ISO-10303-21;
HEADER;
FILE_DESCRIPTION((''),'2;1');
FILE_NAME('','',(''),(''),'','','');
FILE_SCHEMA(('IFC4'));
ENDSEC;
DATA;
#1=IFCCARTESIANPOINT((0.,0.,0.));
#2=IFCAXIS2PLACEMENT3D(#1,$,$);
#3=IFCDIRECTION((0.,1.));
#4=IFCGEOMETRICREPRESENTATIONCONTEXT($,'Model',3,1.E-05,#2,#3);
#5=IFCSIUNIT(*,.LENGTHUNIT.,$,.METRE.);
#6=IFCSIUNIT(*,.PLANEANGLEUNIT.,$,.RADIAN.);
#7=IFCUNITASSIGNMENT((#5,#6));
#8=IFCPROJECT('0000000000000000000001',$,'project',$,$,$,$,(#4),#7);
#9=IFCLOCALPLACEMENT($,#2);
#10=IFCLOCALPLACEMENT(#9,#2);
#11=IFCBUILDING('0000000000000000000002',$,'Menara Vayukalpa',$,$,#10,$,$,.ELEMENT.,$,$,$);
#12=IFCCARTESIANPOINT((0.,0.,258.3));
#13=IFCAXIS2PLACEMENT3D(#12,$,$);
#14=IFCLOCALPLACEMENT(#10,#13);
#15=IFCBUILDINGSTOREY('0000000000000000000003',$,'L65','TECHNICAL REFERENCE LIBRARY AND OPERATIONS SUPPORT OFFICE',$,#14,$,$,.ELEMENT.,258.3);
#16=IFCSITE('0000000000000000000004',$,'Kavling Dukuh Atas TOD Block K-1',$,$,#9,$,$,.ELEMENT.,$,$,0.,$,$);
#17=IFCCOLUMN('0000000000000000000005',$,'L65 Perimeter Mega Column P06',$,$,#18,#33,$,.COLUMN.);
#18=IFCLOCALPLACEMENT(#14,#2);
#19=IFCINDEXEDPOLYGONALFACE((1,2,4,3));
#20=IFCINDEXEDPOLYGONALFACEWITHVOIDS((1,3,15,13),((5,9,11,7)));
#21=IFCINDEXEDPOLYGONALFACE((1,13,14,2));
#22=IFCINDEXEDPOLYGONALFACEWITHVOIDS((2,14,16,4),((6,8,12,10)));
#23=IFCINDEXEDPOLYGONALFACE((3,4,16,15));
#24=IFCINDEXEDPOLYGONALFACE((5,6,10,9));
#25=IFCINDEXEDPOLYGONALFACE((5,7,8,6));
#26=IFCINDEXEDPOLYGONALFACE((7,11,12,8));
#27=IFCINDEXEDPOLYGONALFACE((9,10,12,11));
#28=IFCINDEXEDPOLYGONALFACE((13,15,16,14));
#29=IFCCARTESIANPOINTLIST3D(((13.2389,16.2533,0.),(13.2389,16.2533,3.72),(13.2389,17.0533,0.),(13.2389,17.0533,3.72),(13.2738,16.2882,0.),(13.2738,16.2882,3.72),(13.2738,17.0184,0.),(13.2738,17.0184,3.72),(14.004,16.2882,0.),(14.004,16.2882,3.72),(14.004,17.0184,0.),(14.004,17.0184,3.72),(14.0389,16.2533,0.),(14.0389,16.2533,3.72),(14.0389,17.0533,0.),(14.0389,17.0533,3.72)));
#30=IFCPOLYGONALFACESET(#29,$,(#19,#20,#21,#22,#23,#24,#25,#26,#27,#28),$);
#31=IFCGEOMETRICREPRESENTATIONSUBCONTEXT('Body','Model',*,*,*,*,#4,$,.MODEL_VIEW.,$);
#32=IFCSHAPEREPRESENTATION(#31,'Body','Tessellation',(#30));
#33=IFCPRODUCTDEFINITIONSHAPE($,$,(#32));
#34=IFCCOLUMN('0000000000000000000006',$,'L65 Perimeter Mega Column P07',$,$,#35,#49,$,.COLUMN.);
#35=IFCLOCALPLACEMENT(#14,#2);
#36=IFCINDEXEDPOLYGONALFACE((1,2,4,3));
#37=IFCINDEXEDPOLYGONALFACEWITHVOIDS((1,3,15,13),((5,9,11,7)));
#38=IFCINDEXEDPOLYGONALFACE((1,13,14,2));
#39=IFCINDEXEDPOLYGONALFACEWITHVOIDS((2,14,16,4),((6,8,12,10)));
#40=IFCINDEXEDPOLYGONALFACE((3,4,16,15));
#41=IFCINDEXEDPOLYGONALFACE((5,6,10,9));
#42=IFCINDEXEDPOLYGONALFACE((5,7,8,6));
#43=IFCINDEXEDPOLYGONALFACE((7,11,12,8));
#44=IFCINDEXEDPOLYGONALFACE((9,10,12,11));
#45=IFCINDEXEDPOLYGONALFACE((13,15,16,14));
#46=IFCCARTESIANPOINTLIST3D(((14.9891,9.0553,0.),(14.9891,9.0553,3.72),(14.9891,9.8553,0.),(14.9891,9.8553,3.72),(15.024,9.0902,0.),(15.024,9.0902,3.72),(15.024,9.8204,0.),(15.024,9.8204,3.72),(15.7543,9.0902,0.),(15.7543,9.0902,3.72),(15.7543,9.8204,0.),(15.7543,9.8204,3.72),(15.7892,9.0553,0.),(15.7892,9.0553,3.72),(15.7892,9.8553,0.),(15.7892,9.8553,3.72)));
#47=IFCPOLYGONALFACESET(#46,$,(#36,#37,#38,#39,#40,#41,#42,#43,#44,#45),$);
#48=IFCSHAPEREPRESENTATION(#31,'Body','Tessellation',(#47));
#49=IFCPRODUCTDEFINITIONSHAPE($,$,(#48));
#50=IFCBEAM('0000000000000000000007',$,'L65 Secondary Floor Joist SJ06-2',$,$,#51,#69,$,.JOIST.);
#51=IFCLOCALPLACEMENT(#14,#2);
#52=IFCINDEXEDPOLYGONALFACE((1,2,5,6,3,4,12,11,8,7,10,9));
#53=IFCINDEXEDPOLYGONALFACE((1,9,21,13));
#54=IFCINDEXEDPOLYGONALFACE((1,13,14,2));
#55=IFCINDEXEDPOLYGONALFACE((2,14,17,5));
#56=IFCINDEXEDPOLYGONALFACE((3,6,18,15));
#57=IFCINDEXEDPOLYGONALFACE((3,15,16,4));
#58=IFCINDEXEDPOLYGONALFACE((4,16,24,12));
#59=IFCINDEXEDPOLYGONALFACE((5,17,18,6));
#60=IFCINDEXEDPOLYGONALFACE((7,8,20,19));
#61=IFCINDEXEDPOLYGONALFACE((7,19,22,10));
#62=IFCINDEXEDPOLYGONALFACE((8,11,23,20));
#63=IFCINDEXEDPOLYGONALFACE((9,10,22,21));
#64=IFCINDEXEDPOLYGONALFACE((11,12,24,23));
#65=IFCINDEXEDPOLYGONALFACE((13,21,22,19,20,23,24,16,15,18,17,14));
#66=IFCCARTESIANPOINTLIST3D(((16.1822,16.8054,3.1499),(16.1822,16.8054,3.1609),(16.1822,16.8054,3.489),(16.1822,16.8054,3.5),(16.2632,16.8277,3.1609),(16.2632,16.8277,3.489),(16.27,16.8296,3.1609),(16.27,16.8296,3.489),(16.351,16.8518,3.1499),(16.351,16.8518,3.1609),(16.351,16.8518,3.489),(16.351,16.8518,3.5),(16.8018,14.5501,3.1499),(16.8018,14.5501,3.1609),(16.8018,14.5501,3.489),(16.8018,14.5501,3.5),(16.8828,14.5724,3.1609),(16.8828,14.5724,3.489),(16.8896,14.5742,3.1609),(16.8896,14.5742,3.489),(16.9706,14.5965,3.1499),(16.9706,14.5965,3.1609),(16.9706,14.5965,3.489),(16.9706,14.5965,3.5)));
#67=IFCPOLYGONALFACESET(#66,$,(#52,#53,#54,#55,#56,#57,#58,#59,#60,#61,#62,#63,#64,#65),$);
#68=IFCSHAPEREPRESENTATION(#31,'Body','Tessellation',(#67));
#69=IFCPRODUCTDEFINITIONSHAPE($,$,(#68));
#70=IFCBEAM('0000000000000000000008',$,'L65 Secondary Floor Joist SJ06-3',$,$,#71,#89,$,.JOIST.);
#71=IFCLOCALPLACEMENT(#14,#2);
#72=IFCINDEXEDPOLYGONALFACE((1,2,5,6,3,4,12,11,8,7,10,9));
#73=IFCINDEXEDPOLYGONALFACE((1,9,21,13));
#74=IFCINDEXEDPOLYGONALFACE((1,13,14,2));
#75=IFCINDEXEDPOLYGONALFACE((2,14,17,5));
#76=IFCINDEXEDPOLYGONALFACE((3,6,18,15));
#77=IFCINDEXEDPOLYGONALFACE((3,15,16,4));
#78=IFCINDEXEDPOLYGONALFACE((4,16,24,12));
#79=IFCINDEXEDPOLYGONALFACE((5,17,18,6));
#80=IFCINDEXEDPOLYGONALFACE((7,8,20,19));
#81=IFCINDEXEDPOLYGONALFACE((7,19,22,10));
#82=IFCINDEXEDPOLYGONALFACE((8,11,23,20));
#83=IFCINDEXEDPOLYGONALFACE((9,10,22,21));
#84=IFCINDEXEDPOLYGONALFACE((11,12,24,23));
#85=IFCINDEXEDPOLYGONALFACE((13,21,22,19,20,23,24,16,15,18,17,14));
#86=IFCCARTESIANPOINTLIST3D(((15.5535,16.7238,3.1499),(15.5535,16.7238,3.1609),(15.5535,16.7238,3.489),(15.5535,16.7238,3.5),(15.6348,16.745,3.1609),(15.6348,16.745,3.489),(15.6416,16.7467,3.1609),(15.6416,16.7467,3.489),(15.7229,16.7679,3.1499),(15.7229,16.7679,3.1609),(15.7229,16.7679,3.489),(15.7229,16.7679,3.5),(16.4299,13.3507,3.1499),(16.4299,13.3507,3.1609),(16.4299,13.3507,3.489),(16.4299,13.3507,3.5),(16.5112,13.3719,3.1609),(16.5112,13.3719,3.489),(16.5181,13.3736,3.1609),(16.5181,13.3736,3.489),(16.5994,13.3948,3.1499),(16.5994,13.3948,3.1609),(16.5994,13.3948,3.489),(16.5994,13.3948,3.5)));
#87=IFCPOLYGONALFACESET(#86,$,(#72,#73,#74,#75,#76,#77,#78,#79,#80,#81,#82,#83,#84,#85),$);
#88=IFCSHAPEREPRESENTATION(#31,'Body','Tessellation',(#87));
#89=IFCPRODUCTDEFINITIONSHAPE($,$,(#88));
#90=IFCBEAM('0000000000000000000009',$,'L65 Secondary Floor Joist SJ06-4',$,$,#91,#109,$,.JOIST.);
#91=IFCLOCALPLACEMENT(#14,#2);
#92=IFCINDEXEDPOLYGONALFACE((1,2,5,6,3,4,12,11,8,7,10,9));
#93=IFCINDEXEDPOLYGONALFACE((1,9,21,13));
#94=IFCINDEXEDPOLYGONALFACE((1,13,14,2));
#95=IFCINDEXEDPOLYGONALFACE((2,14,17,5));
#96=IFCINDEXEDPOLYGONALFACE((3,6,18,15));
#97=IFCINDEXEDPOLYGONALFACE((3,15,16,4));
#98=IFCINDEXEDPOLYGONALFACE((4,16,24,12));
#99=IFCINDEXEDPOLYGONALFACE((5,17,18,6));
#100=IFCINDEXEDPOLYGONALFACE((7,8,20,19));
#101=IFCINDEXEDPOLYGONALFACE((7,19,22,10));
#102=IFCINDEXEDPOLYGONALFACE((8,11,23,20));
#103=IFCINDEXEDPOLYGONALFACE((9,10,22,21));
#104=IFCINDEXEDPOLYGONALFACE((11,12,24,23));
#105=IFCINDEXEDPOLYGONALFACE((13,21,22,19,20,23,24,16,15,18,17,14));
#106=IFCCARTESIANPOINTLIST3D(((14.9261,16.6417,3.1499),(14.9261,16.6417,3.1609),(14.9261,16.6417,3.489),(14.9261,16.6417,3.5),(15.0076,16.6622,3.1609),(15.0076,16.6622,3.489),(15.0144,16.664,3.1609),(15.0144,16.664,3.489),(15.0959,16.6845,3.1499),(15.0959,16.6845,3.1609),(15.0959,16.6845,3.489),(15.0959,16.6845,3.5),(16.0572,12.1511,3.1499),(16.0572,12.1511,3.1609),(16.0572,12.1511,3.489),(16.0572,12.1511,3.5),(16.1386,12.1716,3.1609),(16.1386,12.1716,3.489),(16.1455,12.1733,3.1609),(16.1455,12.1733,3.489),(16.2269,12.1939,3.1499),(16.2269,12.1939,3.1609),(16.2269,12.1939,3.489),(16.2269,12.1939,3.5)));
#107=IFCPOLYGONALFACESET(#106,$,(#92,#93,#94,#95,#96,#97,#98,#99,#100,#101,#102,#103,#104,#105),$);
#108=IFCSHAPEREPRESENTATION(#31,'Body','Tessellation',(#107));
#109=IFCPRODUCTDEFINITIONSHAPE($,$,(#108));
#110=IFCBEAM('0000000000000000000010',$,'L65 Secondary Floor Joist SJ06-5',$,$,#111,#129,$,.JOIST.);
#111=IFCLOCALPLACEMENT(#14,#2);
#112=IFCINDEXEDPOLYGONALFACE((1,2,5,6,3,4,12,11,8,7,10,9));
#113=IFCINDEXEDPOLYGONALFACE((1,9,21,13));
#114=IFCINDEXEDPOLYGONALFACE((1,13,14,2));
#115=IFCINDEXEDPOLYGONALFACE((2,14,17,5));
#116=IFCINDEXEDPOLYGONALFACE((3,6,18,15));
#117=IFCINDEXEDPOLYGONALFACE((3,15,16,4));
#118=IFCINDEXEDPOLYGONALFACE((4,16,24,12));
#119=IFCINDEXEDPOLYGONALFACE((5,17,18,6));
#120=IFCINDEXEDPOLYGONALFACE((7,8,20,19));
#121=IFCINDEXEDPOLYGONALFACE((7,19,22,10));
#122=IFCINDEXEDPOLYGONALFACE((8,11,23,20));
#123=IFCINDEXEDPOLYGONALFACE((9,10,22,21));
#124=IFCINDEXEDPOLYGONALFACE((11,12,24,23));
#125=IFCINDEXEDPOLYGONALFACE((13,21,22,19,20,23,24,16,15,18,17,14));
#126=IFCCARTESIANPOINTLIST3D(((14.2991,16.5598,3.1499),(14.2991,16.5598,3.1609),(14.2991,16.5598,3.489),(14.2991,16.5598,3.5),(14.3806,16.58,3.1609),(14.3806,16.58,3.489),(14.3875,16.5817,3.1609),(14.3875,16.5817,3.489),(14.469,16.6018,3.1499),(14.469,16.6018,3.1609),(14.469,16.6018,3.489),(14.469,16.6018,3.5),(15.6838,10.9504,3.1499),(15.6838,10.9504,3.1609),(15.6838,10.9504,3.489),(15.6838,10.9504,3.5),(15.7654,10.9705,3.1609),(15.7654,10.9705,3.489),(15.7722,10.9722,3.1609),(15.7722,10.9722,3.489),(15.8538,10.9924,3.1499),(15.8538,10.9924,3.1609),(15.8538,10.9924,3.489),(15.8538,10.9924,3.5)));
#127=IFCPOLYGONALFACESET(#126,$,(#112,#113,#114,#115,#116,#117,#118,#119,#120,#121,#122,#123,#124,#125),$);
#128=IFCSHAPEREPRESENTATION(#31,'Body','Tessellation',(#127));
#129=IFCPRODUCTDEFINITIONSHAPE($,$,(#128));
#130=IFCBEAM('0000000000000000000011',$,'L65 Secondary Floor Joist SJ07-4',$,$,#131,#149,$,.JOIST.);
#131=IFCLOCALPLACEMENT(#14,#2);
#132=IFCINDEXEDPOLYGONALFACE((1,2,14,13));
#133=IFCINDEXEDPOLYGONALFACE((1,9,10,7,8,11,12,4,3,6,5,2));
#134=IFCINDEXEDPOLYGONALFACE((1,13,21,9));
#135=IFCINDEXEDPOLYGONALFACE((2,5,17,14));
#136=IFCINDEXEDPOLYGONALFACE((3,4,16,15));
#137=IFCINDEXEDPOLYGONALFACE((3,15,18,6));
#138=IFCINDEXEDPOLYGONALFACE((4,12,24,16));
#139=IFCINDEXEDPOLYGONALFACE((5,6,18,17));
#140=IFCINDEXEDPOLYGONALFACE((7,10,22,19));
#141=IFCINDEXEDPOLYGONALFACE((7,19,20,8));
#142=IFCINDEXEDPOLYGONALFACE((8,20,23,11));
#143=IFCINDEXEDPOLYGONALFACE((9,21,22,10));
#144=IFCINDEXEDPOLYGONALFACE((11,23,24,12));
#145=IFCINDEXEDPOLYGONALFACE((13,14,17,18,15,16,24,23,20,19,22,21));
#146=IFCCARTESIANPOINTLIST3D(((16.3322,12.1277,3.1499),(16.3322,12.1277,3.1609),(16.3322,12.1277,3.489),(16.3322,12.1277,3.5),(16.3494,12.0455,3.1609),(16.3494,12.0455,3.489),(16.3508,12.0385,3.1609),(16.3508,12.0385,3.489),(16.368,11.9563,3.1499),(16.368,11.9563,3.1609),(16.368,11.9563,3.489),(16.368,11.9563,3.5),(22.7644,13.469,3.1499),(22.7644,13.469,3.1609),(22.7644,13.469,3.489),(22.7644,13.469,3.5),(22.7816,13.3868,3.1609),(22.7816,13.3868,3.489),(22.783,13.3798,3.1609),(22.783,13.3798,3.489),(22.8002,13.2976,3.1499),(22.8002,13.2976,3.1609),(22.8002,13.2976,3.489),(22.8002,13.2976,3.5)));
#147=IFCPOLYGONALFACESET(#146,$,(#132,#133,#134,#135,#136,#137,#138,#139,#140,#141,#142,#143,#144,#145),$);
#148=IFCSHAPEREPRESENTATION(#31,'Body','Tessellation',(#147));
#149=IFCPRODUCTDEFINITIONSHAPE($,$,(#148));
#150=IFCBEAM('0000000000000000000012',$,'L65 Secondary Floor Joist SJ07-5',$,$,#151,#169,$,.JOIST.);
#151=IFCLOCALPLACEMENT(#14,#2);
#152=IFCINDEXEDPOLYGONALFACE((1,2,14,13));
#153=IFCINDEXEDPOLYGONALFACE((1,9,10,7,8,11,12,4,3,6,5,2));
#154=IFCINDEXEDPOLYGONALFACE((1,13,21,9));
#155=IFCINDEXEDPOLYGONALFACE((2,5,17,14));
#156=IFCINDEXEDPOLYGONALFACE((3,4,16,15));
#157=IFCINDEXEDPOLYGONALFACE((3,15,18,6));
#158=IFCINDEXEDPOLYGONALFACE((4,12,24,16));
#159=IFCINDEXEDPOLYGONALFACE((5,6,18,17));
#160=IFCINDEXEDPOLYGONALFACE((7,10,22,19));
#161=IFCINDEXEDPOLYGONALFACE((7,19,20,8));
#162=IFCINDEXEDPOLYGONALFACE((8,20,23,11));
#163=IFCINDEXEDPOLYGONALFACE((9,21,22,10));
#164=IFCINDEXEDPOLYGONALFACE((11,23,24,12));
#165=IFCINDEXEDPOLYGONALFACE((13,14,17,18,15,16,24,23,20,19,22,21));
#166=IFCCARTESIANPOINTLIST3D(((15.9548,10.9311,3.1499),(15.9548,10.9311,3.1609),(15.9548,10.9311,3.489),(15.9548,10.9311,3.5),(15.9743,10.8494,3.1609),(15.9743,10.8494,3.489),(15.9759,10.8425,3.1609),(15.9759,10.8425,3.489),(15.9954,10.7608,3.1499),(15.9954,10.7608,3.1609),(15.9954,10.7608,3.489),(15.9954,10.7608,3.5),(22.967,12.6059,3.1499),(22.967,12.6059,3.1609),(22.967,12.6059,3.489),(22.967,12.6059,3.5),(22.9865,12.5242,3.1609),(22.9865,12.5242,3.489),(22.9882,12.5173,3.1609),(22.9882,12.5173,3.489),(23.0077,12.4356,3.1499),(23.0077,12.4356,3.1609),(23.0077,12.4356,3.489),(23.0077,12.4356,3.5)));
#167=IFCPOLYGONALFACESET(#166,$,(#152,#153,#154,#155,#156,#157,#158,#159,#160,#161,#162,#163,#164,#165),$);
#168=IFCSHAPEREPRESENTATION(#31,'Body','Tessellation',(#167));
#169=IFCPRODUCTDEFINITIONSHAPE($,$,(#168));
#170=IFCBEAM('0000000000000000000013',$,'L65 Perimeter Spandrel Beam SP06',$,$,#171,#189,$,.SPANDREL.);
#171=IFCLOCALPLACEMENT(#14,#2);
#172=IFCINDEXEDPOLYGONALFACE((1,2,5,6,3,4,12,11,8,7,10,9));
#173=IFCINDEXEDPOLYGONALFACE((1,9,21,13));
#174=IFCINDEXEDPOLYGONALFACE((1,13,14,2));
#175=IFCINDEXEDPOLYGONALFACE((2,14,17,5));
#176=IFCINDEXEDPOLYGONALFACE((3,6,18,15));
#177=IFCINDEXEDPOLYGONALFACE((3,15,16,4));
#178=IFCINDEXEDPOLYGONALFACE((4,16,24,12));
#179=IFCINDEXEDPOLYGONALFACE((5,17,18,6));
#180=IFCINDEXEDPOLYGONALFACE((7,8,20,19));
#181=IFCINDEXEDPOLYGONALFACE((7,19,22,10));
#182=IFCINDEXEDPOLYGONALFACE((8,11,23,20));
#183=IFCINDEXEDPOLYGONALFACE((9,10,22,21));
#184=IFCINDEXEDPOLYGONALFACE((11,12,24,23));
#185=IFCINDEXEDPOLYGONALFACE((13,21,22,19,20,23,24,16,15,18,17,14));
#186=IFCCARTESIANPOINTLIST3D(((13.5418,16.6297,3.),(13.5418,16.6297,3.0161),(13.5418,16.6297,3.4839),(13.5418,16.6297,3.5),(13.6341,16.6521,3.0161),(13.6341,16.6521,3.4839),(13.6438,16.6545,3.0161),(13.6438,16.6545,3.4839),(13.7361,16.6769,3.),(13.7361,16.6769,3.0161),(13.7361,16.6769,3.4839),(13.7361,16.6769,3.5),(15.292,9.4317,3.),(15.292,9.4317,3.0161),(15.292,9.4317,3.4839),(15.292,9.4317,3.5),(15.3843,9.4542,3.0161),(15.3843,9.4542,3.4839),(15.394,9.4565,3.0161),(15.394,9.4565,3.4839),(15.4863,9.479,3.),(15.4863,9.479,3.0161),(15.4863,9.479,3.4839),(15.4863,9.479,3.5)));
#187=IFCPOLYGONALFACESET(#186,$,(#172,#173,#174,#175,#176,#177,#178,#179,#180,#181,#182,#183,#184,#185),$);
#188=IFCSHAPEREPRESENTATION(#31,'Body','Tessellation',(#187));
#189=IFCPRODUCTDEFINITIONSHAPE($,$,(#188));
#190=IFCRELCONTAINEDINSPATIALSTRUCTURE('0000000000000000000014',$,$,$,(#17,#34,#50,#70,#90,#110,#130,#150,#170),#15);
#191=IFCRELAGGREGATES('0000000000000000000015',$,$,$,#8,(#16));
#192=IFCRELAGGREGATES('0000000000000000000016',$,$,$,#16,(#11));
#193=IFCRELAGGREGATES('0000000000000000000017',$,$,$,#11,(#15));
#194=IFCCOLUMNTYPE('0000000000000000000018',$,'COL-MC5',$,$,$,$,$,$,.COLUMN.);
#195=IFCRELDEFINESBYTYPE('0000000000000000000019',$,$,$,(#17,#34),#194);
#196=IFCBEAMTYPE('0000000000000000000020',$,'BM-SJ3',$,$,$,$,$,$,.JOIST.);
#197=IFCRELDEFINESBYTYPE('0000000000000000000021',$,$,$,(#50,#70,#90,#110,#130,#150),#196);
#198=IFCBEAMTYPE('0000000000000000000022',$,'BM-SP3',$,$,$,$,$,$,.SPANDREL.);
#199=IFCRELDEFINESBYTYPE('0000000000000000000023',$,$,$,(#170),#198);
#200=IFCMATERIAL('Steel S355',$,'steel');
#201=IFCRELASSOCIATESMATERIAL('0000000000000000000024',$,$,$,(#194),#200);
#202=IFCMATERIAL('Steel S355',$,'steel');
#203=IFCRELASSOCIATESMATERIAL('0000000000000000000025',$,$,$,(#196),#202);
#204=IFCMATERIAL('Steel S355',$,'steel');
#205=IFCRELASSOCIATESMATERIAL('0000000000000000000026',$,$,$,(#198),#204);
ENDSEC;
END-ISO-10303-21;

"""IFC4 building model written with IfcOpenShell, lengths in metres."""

from ifc_helpers import new_model, si_unit, direction, frame, origin, origin_2d, place, context, subcontext, project, spatial, hollow_rectangle, i_section, extrude, material, material_profile, profile_set, type_object, element, save


model = new_model("IFC4")

# Units and contexts
model_context = context("Model", 3, precision=1e-05, world=origin(), true_north=direction((0.0, 1.0)))
body_context = subcontext(model_context, "Body", "Model", "MODEL_VIEW")
ifc_project = project(units=[si_unit("LENGTHUNIT", "METRE"), si_unit("PLANEANGLEUNIT", "RADIAN")], contexts=[model_context])

# Site, building, storey
site_placement = place(None, origin())
site = spatial("IfcSite", under=ifc_project, at=site_placement, Name="Kavling Dukuh Atas TOD Block K-1", CompositionType="ELEMENT", RefElevation=0.0)
building_placement = place(site_placement, origin())
building = spatial("IfcBuilding", under=site, at=building_placement, Name="Menara Vayukalpa", CompositionType="ELEMENT")
storey_placement = place(building_placement, frame((0.0, 0.0, 258.3)))
storey = spatial("IfcBuildingStorey", under=building, at=storey_placement, Name="L65", Description="TECHNICAL REFERENCE LIBRARY AND OPERATIONS SUPPORT OFFICE", CompositionType="ELEMENT", Elevation=258.3)

# Columns
ifc_material_1 = material(Name="Steel S355", Category="steel")
ifc_material_profile_1 = material_profile(ifc_material_1, hollow_rectangle(XDim=0.8, YDim=0.8, WallThickness=0.0349, at=origin_2d()), Name="BOX 800x800x35")
ifc_profile_set_1 = profile_set([ifc_material_profile_1], Name="Steel S355")
column_type = type_object("IfcColumnType", Name="COL-MC5", PredefinedType="COLUMN", material=ifc_profile_set_1)
for number, where, z_axis, x_axis, name in (
    (1, (13.6389, 16.6533, 0.0), (0.0, 0.0, 1.0), (1.0, 0.0, 0.0), "L65 Perimeter Mega Column P06"),
    (2, (15.3892, 9.4553, 0.0), (0.0, 0.0, 1.0), (1.0, 0.0, 0.0), "L65 Perimeter Mega Column P07"),
):
    element("IfcColumn", number, at=place(storey_placement, frame(where, z_axis=z_axis, x_axis=x_axis)), inside=storey, type_object=column_type, Name=name, PredefinedType="COLUMN", context=body_context, shape_type="SweptSolid", body=[
        extrude(hollow_rectangle(XDim=0.8, YDim=0.8, WallThickness=0.0349, at=origin_2d()), origin(), (0.0, 0.0, 1.0), 3.72),
    ])

# Beams
ifc_material_2 = material(Name="Steel S355", Category="steel")
ifc_material_profile_2 = material_profile(ifc_material_2, i_section(OverallWidth=0.175, OverallDepth=0.3501, WebThickness=0.0071, FlangeThickness=0.011, at=origin_2d()), Name="WF 350x175x7x11")
ifc_profile_set_2 = profile_set([ifc_material_profile_2], Name="Steel S355")
beam_type_1 = type_object("IfcBeamType", Name="BM-SJ3", PredefinedType="JOIST", material=ifc_profile_set_2)
beam_1_placement = place(storey_placement, frame((16.2666, 16.8286, 3.325), z_axis=(0.264919, -0.964271, 0.0), x_axis=(0.964271, 0.264919, 0.0)))
element("IfcBeam", 3, at=beam_1_placement, inside=storey, type_object=beam_type_1, Name="L65 Secondary Floor Joist SJ06-2", PredefinedType="JOIST", context=body_context, shape_type="SweptSolid", body=[
    extrude(i_section(OverallWidth=0.175, OverallDepth=0.3501, WebThickness=0.0071, FlangeThickness=0.011, at=origin_2d()), origin(), (0.0, 0.0, 1.0), 2.3389),
])
beam_2_placement = place(storey_placement, frame((15.6382, 16.7458, 3.325), z_axis=(0.251492, -0.967859, 0.0), x_axis=(0.967859, 0.251492, 0.0)))
element("IfcBeam", 4, at=beam_2_placement, inside=storey, type_object=beam_type_1, Name="L65 Secondary Floor Joist SJ06-3", PredefinedType="JOIST", context=body_context, shape_type="SweptSolid", body=[
    extrude(i_section(OverallWidth=0.175, OverallDepth=0.3501, WebThickness=0.0071, FlangeThickness=0.011, at=origin_2d()), origin(), (0.0, 0.0, 1.0), 3.4851),
])
beam_3_placement = place(storey_placement, frame((15.011, 16.6631, 3.325), z_axis=(0.244247, -0.969713, 0.0), x_axis=(0.969713, 0.244247, 0.0)))
element("IfcBeam", 5, at=beam_3_placement, inside=storey, type_object=beam_type_1, Name="L65 Secondary Floor Joist SJ06-4", PredefinedType="JOIST", context=body_context, shape_type="SweptSolid", body=[
    extrude(i_section(OverallWidth=0.175, OverallDepth=0.3501, WebThickness=0.0071, FlangeThickness=0.011, at=origin_2d()), origin(), (0.0, 0.0, 1.0), 4.6309),
])
beam_4_placement = place(storey_placement, frame((14.384, 16.5808, 3.325), z_axis=(0.239671, -0.970854, 0.0), x_axis=(0.970854, 0.239671, 0.0)))
element("IfcBeam", 6, at=beam_4_placement, inside=storey, type_object=beam_type_1, Name="L65 Secondary Floor Joist SJ06-5", PredefinedType="JOIST", context=body_context, shape_type="SweptSolid", body=[
    extrude(i_section(OverallWidth=0.175, OverallDepth=0.3501, WebThickness=0.0071, FlangeThickness=0.011, at=origin_2d()), origin(), (0.0, 0.0, 1.0), 5.7778),
])
beam_5_placement = place(storey_placement, frame((16.3501, 12.042, 3.325), z_axis=(0.978941, 0.204141, 0.0), x_axis=(-0.204141, 0.978941, 0.0)))
element("IfcBeam", 7, at=beam_5_placement, inside=storey, type_object=beam_type_1, Name="L65 Secondary Floor Joist SJ07-4", PredefinedType="JOIST", context=body_context, shape_type="SweptSolid", body=[
    extrude(i_section(OverallWidth=0.175, OverallDepth=0.3501, WebThickness=0.0071, FlangeThickness=0.011, at=origin_2d()), origin(), (0.0, 0.0, 1.0), 6.5706),
])
beam_6_placement = place(storey_placement, frame((15.9751, 10.8459, 3.325), z_axis=(0.972642, 0.232307, 0.0), x_axis=(-0.232307, 0.972642, 0.0)))
element("IfcBeam", 8, at=beam_6_placement, inside=storey, type_object=beam_type_1, Name="L65 Secondary Floor Joist SJ07-5", PredefinedType="JOIST", context=body_context, shape_type="SweptSolid", body=[
    extrude(i_section(OverallWidth=0.175, OverallDepth=0.3501, WebThickness=0.0071, FlangeThickness=0.011, at=origin_2d()), origin(), (0.0, 0.0, 1.0), 7.2095),
])
ifc_material_3 = material(Name="Steel S355", Category="steel")
ifc_material_profile_3 = material_profile(ifc_material_3, i_section(OverallWidth=0.2, OverallDepth=0.5, WebThickness=0.01, FlangeThickness=0.0161, at=origin_2d()), Name="WF 500x200x10x16")
ifc_profile_set_3 = profile_set([ifc_material_profile_3], Name="Steel S355")
beam_type_2 = type_object("IfcBeamType", Name="BM-SP3", PredefinedType="SPANDREL", material=ifc_profile_set_3)
beam_7_placement = place(storey_placement, frame((13.6389, 16.6533, 3.25), z_axis=(0.236273, -0.971687, 0.0), x_axis=(0.971687, 0.236273, 0.0)))
element("IfcBeam", 9, at=beam_7_placement, inside=storey, type_object=beam_type_2, Name="L65 Perimeter Spandrel Beam SP06", PredefinedType="SPANDREL", context=body_context, shape_type="SweptSolid", body=[
    extrude(i_section(OverallWidth=0.2, OverallDepth=0.5, WebThickness=0.01, FlangeThickness=0.0161, at=origin_2d()), origin(), (0.0, 0.0, 1.0), 7.4077),
])

save(model, "model.ifc")
